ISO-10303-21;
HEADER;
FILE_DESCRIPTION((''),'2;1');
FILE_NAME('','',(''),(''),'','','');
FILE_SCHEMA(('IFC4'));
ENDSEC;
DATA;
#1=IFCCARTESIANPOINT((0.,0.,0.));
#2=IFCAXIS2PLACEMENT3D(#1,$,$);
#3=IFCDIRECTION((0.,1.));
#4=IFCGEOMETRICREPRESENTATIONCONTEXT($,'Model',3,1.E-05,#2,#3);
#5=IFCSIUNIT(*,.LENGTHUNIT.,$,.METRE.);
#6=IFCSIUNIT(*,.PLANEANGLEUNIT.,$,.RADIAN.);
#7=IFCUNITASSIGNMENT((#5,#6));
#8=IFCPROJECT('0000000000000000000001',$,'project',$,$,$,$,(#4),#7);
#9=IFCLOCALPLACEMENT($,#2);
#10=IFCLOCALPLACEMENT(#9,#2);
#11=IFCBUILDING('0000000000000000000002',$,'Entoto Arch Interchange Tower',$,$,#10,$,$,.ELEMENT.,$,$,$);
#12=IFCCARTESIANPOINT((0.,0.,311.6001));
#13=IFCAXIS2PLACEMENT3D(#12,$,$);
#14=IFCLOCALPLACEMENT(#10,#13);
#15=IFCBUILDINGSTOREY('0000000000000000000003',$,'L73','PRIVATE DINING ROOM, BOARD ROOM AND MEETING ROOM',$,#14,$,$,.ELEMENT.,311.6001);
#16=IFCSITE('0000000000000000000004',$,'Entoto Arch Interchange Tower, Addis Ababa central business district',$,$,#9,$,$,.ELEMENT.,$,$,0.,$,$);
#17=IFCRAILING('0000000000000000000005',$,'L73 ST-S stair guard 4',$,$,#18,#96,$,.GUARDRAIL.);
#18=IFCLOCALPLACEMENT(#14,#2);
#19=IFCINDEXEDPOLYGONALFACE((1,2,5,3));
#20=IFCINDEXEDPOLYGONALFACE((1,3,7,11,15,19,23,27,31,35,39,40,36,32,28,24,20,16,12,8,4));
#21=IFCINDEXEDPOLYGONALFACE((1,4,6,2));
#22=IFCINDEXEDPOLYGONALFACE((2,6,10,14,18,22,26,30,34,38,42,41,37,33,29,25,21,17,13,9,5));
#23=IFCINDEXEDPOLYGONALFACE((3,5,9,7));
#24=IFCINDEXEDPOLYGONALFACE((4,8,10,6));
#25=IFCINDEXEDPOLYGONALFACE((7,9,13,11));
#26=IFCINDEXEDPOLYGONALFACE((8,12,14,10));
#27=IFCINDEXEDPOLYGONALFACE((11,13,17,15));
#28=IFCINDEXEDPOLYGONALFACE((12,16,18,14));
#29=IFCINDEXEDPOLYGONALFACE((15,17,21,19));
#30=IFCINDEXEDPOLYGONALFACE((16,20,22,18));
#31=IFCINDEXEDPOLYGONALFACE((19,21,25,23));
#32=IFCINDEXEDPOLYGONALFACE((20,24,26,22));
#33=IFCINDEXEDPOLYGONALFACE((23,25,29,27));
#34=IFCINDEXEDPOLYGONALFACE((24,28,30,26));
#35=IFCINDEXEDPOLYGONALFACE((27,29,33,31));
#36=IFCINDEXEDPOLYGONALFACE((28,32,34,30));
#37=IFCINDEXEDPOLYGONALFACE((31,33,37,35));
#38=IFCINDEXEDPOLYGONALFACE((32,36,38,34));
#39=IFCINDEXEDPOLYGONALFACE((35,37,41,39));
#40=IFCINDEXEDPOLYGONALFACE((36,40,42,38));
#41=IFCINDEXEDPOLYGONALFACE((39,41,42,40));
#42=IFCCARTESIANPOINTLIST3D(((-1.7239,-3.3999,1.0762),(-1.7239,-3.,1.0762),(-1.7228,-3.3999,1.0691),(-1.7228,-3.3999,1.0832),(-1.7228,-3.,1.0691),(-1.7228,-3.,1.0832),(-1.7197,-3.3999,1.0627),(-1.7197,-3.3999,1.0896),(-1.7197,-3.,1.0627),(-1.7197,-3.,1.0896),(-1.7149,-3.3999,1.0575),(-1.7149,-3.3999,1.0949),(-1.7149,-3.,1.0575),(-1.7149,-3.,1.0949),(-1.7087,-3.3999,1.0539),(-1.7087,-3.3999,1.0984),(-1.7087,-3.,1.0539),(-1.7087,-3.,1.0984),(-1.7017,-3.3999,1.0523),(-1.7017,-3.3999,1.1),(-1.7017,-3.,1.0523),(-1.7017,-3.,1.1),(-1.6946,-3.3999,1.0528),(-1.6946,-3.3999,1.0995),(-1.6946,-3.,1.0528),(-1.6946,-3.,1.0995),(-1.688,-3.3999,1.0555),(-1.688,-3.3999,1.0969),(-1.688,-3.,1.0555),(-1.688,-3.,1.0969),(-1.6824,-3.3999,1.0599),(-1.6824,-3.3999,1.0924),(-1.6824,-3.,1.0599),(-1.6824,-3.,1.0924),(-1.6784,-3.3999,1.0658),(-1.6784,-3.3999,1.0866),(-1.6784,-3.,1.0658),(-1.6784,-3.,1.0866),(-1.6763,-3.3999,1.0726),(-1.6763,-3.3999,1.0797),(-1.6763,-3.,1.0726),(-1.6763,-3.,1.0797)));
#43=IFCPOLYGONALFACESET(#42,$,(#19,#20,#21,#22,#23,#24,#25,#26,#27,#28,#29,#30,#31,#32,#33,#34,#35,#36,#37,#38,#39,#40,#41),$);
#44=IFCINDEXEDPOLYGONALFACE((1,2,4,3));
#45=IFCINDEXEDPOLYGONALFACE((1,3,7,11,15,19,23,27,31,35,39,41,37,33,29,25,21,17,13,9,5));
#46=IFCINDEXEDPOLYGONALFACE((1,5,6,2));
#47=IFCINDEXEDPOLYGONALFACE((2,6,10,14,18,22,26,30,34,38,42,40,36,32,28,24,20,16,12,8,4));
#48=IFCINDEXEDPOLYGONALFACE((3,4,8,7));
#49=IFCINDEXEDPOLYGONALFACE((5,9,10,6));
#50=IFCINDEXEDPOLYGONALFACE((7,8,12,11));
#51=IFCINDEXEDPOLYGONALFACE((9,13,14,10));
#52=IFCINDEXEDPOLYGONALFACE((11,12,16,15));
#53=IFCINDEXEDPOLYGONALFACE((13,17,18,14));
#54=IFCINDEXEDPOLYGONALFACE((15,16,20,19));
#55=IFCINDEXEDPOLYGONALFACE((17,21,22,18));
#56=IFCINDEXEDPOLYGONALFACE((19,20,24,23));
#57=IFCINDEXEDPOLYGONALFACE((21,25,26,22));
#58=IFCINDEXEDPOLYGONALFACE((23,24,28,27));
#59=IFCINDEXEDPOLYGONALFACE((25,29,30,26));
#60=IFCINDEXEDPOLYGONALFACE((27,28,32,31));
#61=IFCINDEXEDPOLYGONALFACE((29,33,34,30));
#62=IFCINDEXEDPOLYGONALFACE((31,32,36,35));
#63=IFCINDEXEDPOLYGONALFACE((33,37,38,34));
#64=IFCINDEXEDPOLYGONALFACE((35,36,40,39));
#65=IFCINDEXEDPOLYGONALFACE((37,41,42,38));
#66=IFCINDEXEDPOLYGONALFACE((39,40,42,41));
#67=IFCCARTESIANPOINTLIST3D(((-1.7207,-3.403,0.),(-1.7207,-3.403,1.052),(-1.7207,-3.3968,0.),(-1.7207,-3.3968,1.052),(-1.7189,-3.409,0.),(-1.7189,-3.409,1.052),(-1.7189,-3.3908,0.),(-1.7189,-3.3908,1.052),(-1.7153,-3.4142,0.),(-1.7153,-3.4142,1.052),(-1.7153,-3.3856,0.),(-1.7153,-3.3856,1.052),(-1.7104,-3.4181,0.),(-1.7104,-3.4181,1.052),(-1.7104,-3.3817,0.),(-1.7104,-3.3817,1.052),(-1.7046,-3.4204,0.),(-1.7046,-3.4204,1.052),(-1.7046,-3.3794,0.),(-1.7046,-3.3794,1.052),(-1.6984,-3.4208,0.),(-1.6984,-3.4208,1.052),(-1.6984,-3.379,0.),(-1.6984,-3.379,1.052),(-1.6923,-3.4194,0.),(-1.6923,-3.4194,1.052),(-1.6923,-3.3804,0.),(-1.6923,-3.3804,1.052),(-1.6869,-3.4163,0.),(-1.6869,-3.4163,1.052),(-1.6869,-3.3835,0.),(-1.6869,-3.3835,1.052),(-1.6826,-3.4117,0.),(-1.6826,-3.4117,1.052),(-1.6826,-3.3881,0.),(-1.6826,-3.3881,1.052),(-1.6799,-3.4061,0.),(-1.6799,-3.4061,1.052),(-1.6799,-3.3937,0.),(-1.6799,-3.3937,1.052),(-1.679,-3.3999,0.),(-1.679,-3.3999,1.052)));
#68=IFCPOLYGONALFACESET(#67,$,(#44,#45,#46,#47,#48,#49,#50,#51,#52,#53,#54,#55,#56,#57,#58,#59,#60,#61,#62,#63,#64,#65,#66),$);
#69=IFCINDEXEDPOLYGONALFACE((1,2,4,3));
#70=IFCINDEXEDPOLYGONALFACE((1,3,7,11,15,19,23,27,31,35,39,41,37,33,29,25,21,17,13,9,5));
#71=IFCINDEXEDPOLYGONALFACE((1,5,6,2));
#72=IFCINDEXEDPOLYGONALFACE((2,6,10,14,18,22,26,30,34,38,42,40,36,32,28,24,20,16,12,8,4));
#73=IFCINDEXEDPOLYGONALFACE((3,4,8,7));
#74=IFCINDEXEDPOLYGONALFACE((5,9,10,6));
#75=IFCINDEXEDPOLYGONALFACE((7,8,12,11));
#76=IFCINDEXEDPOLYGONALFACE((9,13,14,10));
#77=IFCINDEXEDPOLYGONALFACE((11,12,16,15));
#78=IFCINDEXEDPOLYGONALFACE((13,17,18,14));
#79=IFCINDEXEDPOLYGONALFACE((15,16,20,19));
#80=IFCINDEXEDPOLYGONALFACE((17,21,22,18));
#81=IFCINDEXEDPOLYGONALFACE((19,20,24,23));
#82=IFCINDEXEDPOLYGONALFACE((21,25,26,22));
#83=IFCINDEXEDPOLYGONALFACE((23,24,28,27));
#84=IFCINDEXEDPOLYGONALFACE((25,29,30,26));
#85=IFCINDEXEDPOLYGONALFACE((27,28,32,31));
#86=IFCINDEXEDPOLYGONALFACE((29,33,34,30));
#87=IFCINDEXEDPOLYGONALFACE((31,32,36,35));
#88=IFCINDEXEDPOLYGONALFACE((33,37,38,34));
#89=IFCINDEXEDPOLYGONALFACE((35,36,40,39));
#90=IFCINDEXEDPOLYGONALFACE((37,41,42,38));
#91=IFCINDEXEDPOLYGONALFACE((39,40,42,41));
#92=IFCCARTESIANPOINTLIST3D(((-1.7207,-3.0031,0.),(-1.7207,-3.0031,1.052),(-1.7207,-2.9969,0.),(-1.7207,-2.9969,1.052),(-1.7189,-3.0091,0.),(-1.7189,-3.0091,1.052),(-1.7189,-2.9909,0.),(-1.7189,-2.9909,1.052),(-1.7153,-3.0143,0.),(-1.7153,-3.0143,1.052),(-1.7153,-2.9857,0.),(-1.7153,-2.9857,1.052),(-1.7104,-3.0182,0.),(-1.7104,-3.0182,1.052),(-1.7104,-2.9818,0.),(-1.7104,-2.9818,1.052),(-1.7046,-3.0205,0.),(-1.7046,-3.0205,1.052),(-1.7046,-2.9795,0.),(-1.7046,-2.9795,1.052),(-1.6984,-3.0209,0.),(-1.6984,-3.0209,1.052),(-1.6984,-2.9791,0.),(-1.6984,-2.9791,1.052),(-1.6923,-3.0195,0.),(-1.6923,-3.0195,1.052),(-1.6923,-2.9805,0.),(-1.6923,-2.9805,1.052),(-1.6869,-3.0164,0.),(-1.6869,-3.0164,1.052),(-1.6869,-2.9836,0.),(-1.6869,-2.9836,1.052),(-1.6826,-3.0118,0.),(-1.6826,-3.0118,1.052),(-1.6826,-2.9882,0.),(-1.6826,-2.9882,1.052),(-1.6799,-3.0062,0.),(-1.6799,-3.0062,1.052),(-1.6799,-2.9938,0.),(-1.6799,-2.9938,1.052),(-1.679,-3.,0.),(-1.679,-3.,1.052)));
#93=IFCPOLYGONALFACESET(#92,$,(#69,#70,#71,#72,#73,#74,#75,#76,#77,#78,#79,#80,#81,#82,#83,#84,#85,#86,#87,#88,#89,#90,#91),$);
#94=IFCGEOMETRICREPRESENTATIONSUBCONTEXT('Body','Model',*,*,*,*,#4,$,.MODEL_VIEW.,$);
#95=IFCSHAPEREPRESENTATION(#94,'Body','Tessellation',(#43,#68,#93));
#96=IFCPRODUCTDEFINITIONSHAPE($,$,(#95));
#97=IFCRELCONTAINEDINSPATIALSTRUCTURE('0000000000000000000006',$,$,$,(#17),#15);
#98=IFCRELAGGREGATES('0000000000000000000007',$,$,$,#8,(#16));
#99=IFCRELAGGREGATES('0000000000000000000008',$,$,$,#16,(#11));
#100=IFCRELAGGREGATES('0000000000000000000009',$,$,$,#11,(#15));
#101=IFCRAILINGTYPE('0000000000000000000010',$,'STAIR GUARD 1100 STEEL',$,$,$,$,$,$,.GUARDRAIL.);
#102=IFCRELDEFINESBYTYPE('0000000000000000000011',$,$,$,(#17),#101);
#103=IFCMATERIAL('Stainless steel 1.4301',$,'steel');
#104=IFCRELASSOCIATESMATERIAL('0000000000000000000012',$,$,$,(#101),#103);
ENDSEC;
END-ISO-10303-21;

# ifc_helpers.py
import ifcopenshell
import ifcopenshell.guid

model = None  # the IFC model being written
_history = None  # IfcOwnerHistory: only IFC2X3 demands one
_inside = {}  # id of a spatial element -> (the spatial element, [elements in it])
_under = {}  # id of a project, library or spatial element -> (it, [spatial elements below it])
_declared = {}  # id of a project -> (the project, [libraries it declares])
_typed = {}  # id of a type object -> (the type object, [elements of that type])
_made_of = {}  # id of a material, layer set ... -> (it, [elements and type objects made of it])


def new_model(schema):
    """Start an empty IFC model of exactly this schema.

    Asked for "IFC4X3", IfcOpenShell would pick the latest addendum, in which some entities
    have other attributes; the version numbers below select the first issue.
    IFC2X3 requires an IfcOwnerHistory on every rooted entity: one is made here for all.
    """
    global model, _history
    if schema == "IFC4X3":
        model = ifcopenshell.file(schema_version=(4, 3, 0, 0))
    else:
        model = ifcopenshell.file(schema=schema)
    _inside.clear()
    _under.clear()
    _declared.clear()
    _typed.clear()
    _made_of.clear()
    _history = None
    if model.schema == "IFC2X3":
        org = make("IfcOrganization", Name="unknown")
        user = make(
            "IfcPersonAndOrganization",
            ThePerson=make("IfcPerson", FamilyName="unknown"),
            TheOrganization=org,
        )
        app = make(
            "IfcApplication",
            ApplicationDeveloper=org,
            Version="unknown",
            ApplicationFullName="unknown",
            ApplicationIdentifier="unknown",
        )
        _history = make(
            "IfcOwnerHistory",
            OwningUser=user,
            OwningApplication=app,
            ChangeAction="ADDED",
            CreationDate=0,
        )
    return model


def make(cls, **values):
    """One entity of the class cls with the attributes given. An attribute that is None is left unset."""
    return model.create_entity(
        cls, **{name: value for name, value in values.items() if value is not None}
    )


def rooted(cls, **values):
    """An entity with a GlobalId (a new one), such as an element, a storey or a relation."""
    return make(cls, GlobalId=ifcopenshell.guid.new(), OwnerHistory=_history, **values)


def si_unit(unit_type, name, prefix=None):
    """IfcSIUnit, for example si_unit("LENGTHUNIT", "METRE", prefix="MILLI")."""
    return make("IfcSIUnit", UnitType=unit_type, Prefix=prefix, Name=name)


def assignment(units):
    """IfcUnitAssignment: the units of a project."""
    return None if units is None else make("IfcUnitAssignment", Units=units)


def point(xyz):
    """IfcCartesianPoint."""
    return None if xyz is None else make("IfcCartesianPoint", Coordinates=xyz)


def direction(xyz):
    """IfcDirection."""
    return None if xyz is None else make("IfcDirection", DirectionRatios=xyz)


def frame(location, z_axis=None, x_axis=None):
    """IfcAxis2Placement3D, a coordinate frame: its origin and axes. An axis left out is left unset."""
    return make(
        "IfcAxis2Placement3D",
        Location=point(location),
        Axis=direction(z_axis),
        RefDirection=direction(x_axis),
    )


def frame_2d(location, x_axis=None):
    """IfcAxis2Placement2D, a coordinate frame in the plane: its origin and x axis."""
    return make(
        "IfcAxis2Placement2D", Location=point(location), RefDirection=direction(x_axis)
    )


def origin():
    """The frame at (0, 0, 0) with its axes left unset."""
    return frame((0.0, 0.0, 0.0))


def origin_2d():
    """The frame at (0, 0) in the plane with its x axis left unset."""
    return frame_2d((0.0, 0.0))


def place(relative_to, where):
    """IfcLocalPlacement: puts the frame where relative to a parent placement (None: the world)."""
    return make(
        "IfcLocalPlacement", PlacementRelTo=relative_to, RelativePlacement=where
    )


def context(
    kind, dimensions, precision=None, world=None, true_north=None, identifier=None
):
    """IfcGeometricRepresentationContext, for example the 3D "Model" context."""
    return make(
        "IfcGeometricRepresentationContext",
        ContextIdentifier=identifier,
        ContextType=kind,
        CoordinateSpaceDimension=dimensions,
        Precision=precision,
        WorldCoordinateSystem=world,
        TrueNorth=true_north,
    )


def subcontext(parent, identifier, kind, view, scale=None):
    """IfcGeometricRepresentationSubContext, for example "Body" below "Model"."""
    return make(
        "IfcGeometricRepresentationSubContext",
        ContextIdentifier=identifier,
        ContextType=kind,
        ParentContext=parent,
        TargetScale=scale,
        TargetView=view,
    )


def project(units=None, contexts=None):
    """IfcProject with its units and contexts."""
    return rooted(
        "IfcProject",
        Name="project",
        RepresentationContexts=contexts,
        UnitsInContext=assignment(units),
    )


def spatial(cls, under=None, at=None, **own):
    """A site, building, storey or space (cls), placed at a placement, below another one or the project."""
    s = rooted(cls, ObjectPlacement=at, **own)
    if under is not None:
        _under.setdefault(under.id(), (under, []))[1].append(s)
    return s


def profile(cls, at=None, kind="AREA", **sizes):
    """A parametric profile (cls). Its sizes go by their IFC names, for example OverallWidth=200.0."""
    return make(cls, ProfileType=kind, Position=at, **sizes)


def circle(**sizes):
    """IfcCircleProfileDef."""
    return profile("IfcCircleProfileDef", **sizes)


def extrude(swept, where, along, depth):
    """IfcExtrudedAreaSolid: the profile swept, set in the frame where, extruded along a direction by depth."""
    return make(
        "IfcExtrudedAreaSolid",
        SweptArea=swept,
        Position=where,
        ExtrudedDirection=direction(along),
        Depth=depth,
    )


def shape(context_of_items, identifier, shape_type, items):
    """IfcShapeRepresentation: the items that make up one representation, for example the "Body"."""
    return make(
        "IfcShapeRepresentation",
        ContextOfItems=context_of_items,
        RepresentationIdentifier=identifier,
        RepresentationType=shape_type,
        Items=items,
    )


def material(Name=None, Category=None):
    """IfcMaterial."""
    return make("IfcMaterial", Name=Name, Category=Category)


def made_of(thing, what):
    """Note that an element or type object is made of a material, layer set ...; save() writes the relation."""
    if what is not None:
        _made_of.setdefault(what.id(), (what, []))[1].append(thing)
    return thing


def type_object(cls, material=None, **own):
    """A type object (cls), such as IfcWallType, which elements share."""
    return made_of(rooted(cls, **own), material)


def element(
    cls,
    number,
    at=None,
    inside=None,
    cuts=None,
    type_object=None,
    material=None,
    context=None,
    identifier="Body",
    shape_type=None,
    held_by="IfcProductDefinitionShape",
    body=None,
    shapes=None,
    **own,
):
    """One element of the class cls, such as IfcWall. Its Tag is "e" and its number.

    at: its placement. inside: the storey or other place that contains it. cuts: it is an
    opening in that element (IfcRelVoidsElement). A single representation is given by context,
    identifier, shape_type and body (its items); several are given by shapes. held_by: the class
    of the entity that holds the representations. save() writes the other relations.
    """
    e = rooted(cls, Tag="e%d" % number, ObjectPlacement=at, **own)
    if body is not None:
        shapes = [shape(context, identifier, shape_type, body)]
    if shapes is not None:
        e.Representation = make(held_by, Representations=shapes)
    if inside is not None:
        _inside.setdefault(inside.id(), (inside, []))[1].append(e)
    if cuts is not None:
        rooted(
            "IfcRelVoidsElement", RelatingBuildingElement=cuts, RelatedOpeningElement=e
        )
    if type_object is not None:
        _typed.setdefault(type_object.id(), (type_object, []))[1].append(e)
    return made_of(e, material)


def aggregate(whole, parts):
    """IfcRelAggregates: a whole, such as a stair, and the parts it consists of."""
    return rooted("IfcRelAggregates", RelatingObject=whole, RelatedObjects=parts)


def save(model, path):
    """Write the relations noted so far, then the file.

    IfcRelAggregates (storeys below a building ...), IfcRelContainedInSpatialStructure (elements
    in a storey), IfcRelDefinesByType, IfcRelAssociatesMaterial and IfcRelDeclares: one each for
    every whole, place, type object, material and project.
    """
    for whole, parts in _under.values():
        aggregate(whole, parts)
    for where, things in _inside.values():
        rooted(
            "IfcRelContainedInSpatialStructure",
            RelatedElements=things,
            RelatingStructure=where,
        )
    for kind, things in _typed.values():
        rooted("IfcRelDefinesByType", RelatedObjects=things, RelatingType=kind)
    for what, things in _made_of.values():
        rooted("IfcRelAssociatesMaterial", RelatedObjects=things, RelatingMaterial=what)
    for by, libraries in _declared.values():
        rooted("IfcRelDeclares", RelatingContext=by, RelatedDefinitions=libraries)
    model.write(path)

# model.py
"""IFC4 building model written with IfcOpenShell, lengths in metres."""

from ifc_helpers import new_model, si_unit, direction, frame, origin, origin_2d, place, context, subcontext, project, spatial, circle, extrude, material, type_object, element, save


model = new_model("IFC4")

# Units and contexts
model_context = context("Model", 3, precision=1e-05, world=origin(), true_north=direction((0.0, 1.0)))
body_context = subcontext(model_context, "Body", "Model", "MODEL_VIEW")
ifc_project = project(units=[si_unit("LENGTHUNIT", "METRE"), si_unit("PLANEANGLEUNIT", "RADIAN")], contexts=[model_context])

# Site, building, storey
site_placement = place(None, origin())
site = spatial("IfcSite", under=ifc_project, at=site_placement, Name="Entoto Arch Interchange Tower, Addis Ababa central business district", CompositionType="ELEMENT", RefElevation=0.0)
building_placement = place(site_placement, origin())
building = spatial("IfcBuilding", under=site, at=building_placement, Name="Entoto Arch Interchange Tower", CompositionType="ELEMENT")
storey_placement = place(building_placement, frame((0.0, 0.0, 311.6001)))
storey = spatial("IfcBuildingStorey", under=building, at=storey_placement, Name="L73", Description="PRIVATE DINING ROOM, BOARD ROOM AND MEETING ROOM", CompositionType="ELEMENT", Elevation=311.6001)

# Railing
ifc_material_1 = material(Name="Stainless steel 1.4301", Category="steel")
railing_type_1 = type_object("IfcRailingType", Name="STAIR GUARD 1100 STEEL", PredefinedType="GUARDRAIL", material=ifc_material_1)
railing_1_placement = place(storey_placement, frame((-1.7, -3.3999, 0.0)))
element("IfcRailing", 1, at=railing_1_placement, inside=storey, type_object=railing_type_1, Name="L73 ST-S stair guard 4", PredefinedType="GUARDRAIL", context=body_context, shape_type="SweptSolid", body=[
    extrude(circle(Radius=0.0239, at=origin_2d()), frame((0.0, 0.0, 1.0762), z_axis=(0.0, 1.0, 0.0), x_axis=(-1.0, 0.0, 0.0)), (0.0, 0.0, 1.0), 0.3999),
    extrude(circle(Radius=0.021, at=origin_2d()), origin(), (0.0, 0.0, 1.0), 1.052),
    extrude(circle(Radius=0.021, at=origin_2d()), frame((0.0, 0.3999, 0.0)), (0.0, 0.0, 1.0), 1.052),
])

save(model, "model.ifc")
